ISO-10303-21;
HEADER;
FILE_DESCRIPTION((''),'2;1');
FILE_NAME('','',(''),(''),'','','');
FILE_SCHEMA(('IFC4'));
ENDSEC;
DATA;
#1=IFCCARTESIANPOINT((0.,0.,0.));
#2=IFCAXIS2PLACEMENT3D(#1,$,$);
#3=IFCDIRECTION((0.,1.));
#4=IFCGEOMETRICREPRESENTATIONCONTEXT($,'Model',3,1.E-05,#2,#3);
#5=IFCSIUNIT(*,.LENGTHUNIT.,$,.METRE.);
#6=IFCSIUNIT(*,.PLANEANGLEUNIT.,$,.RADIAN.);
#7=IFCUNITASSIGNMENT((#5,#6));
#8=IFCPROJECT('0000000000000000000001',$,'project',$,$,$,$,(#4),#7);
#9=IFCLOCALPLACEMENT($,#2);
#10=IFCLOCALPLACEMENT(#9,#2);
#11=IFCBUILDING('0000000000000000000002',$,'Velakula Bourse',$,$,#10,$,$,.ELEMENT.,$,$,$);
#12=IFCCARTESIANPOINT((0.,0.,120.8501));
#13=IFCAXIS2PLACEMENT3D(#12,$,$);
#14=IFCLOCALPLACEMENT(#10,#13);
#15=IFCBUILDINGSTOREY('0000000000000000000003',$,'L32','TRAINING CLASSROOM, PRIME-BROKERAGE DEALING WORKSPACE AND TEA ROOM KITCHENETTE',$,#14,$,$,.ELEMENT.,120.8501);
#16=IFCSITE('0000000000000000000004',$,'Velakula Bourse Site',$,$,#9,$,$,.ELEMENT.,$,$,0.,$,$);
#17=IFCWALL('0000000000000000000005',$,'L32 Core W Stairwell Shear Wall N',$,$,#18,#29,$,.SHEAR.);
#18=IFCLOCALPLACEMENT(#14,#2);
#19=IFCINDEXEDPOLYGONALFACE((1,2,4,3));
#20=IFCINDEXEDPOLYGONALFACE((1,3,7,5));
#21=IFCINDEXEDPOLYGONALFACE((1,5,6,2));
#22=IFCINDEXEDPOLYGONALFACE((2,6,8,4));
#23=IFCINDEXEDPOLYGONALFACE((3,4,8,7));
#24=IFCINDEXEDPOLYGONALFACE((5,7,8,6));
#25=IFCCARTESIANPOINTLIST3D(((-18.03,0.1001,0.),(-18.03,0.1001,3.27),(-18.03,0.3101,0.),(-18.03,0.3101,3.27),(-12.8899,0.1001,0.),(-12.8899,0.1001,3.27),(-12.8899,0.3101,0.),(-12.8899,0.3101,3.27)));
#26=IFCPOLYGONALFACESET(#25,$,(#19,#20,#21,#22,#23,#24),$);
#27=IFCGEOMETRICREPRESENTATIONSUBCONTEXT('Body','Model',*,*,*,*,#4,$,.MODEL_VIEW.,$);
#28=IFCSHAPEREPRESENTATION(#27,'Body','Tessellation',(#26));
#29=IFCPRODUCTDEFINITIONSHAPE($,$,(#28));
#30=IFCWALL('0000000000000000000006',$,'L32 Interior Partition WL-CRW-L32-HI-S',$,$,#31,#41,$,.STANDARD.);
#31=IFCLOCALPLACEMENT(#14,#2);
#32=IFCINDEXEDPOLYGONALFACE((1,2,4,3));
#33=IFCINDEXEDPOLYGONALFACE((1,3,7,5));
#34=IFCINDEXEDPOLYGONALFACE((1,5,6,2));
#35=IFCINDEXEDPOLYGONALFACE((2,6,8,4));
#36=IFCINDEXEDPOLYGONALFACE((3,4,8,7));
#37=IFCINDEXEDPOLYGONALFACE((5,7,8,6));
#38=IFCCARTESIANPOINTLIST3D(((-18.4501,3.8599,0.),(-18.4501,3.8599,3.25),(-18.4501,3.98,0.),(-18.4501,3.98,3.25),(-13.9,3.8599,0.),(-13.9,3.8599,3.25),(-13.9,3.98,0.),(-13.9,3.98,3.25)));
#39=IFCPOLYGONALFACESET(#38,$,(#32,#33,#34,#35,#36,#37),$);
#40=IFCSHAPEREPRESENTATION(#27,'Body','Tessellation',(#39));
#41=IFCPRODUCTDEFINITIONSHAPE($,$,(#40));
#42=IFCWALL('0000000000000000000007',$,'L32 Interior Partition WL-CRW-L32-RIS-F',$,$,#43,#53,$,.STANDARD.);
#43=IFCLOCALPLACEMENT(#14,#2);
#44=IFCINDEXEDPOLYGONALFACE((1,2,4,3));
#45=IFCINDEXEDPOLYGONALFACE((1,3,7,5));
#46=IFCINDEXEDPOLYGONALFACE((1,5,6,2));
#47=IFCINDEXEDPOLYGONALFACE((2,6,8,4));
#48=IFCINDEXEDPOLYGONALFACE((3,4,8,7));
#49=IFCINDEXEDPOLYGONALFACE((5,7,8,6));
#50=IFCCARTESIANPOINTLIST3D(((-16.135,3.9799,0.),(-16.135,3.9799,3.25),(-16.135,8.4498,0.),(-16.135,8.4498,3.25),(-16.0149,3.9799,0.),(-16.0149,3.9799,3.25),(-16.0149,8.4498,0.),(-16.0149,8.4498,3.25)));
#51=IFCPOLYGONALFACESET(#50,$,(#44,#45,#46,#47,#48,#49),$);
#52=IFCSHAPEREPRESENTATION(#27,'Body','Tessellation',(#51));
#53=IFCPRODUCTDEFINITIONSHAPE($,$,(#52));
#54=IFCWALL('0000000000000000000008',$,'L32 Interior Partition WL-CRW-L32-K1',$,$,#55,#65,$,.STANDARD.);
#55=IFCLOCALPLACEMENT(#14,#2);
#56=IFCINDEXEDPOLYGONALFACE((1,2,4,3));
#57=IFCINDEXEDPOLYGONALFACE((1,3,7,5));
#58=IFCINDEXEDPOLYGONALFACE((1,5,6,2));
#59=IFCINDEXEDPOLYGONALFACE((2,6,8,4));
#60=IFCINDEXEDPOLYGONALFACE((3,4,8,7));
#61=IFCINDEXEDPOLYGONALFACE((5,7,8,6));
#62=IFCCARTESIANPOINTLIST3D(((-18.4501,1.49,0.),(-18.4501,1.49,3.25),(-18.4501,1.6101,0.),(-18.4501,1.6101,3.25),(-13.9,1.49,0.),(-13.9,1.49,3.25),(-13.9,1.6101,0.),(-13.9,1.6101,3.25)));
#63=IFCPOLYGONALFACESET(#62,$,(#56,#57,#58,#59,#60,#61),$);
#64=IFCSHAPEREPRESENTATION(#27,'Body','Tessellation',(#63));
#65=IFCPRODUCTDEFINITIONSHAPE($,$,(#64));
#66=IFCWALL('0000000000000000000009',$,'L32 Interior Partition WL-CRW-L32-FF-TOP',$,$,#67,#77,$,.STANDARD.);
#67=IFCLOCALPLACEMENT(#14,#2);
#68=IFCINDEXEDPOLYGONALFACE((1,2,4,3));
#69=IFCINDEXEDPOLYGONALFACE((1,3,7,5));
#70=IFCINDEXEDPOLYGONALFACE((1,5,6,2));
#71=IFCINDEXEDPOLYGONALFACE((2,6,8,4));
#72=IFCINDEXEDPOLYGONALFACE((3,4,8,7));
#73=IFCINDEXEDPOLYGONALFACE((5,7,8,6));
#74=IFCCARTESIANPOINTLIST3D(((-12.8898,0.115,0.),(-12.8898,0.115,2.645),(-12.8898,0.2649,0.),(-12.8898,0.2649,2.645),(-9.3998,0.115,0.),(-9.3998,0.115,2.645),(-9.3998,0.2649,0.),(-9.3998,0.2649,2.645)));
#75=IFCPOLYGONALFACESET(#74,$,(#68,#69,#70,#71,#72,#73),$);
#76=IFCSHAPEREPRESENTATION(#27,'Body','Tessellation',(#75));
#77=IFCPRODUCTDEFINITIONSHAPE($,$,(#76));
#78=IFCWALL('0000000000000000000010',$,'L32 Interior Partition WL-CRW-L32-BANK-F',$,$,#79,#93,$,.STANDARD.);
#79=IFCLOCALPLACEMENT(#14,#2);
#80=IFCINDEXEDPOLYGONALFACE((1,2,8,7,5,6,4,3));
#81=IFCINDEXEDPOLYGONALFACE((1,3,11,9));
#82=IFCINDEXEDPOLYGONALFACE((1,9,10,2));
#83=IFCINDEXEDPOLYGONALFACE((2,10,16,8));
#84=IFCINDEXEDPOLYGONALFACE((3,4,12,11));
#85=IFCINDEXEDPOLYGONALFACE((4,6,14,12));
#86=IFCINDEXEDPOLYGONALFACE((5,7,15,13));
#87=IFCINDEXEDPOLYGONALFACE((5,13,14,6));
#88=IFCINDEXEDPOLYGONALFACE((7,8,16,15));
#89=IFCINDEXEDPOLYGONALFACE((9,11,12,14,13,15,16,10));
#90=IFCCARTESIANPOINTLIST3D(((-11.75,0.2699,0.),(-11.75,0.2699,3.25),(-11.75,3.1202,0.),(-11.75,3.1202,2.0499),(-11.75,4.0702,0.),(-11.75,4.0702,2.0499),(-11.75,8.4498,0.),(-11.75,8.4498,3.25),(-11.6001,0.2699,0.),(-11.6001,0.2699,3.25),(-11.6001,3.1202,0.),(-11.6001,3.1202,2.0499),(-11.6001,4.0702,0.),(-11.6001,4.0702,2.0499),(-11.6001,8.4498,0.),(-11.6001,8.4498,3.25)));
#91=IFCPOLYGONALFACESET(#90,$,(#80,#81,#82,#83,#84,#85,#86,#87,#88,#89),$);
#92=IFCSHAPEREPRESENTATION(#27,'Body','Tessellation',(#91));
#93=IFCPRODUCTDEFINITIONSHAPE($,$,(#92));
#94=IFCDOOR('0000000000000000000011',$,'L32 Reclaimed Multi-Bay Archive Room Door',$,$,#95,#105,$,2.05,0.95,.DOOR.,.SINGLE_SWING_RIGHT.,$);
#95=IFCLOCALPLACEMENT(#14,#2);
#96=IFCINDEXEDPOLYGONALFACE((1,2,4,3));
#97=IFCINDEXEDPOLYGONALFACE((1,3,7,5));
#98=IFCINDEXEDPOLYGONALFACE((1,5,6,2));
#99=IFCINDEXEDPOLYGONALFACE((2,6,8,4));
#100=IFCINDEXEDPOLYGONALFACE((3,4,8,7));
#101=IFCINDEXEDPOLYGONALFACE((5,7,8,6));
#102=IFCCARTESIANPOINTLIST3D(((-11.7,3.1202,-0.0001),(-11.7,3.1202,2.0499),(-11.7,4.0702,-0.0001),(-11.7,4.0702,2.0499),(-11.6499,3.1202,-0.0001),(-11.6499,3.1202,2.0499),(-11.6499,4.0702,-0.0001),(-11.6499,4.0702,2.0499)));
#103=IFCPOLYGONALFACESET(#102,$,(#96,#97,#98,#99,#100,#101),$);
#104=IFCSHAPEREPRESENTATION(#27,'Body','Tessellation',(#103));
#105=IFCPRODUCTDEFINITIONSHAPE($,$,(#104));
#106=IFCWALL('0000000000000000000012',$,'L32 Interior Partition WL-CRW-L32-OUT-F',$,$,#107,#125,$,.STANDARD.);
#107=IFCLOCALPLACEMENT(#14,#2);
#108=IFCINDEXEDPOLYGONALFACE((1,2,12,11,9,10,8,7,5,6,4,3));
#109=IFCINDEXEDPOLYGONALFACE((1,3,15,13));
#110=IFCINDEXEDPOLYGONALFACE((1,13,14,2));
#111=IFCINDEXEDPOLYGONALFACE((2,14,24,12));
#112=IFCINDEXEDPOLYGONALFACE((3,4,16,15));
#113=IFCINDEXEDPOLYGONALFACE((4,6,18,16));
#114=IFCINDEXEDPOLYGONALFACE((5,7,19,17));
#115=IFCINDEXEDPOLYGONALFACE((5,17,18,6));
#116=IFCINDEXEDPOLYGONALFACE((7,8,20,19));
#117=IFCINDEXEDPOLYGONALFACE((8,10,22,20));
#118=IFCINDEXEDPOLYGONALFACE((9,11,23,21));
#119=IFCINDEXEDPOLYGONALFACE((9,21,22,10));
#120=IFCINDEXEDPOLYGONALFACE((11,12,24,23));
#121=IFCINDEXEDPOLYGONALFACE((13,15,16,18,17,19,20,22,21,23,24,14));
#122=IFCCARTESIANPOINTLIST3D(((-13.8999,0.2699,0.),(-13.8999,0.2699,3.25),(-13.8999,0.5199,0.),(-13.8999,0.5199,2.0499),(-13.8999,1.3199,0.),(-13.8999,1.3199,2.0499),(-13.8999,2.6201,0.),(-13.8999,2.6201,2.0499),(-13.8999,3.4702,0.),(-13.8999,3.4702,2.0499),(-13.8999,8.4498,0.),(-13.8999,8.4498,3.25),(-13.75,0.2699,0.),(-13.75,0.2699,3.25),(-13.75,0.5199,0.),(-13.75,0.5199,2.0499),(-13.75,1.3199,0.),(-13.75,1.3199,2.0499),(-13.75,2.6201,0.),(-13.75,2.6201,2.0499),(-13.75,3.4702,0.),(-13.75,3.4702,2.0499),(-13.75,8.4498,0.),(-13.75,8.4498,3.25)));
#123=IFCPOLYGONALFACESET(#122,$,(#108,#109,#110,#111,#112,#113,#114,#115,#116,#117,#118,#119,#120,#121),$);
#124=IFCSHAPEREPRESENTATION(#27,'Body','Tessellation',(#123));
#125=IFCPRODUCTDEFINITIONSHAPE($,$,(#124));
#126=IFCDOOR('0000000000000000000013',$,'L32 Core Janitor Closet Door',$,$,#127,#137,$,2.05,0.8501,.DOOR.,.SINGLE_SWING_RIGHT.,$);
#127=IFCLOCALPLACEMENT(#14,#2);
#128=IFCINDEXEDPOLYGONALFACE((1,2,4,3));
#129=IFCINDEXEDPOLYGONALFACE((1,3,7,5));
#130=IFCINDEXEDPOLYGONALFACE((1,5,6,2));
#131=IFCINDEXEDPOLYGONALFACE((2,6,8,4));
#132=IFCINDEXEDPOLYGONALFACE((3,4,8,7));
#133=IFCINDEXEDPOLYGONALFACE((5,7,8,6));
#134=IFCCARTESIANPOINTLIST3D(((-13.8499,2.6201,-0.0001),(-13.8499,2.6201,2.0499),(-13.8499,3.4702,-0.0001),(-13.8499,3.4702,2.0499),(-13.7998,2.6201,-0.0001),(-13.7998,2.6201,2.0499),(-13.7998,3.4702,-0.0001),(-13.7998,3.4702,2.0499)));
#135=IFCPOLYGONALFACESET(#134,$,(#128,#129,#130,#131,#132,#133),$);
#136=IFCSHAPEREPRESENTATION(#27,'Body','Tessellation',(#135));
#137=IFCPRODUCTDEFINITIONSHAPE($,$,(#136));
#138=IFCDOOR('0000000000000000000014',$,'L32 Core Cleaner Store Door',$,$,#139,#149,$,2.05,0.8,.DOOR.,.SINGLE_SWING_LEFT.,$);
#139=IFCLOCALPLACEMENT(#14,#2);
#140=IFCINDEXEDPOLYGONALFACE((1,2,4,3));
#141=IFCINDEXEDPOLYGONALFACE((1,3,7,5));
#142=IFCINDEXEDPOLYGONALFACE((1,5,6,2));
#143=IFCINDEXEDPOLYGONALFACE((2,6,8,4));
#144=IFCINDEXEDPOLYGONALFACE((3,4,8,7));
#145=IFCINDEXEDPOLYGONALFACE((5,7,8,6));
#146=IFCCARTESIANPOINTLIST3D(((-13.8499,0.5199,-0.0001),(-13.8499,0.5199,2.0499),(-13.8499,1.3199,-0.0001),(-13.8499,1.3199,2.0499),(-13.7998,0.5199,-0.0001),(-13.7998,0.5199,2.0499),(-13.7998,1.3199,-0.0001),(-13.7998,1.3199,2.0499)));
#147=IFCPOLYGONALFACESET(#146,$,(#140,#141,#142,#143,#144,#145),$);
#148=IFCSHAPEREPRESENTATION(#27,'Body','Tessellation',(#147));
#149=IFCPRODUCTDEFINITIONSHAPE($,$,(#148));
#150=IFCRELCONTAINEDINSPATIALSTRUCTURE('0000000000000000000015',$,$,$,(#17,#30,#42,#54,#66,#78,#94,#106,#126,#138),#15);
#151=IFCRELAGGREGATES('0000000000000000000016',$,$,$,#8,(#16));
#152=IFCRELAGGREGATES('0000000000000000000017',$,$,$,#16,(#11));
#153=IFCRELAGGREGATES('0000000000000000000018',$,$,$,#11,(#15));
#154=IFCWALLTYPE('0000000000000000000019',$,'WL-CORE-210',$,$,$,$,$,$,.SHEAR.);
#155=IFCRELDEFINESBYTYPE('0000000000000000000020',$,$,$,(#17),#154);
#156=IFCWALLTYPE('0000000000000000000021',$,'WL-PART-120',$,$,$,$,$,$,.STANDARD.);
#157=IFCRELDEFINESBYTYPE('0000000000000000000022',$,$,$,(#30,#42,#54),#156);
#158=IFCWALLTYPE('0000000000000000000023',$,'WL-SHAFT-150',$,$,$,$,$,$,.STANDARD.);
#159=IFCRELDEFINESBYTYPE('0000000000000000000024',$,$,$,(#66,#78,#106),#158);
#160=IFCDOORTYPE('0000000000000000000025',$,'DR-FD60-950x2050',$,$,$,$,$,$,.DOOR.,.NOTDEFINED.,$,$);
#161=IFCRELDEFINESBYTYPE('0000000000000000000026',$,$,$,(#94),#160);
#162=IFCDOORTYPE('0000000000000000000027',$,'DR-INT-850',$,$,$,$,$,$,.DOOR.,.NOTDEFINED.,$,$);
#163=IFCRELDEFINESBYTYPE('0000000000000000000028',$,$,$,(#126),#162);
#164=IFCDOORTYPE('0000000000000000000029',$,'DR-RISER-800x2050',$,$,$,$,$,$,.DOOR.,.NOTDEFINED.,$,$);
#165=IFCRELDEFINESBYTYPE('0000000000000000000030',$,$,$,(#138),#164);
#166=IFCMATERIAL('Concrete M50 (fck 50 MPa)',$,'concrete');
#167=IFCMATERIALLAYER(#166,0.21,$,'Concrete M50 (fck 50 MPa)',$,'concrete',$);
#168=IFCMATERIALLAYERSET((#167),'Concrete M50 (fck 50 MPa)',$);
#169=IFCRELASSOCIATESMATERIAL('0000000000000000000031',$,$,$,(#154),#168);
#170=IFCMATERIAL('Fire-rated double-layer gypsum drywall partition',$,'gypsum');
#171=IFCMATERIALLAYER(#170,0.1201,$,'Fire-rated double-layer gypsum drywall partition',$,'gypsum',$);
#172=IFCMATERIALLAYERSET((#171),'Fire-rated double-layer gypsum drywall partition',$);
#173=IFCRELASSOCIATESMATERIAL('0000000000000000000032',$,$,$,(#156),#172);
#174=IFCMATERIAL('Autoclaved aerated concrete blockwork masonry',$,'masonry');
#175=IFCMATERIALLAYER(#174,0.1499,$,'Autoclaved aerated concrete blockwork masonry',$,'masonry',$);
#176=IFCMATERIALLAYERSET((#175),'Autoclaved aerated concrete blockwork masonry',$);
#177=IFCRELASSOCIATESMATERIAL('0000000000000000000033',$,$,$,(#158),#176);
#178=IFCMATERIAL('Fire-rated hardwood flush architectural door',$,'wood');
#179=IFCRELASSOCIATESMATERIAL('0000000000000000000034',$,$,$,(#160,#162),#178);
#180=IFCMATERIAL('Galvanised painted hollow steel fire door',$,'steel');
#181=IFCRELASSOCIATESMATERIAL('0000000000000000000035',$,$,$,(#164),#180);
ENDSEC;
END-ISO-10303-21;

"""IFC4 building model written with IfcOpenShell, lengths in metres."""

from ifc_helpers import new_model, si_unit, direction, frame, frame_2d, origin, place, context, subcontext, project, spatial, rectangle, extrude, material, layer, layer_set, type_object, element, fill, save


model = new_model("IFC4")

# Units and contexts
model_context = context("Model", 3, precision=1e-05, world=origin(), true_north=direction((0.0, 1.0)))
body_context = subcontext(model_context, "Body", "Model", "MODEL_VIEW")
ifc_project = project(units=[si_unit("LENGTHUNIT", "METRE"), si_unit("PLANEANGLEUNIT", "RADIAN")], contexts=[model_context])

# Site, building, storey
site_placement = place(None, origin())
site = spatial("IfcSite", under=ifc_project, at=site_placement, Name="Velakula Bourse Site", CompositionType="ELEMENT", RefElevation=0.0)
building_placement = place(site_placement, origin())
building = spatial("IfcBuilding", under=site, at=building_placement, Name="Velakula Bourse", CompositionType="ELEMENT")
storey_placement = place(building_placement, frame((0.0, 0.0, 120.8501)))
storey = spatial("IfcBuildingStorey", under=building, at=storey_placement, Name="L32", Description="TRAINING CLASSROOM, PRIME-BROKERAGE DEALING WORKSPACE AND TEA ROOM KITCHENETTE", CompositionType="ELEMENT", Elevation=120.8501)

# Walls
ifc_material_1 = material(Name="Concrete M50 (fck 50 MPa)", Category="concrete")
ifc_layer_1 = layer(ifc_material_1, 0.21, Name="Concrete M50 (fck 50 MPa)", Category="concrete")
ifc_layer_set_1 = layer_set([ifc_layer_1], Name="Concrete M50 (fck 50 MPa)")
wall_type_1 = type_object("IfcWallType", Name="WL-CORE-210", PredefinedType="SHEAR", material=ifc_layer_set_1)
wall_1_placement = place(storey_placement, frame((-12.8899, 0.2051, 0.0), z_axis=(0.0, 0.0, 1.0), x_axis=(-1.0, 0.0, 0.0)))
element("IfcWall", 1, at=wall_1_placement, inside=storey, type_object=wall_type_1, Name="L32 Core W Stairwell Shear Wall N", PredefinedType="SHEAR", context=body_context, shape_type="SweptSolid", body=[
    extrude(rectangle(XDim=5.1401, YDim=0.21, at=frame_2d((2.5701, 0.0))), origin(), (0.0, 0.0, 1.0), 3.27),
])
ifc_material_2 = material(Name="Fire-rated double-layer gypsum drywall partition", Category="gypsum")
ifc_layer_2 = layer(ifc_material_2, 0.1201, Name="Fire-rated double-layer gypsum drywall partition", Category="gypsum")
ifc_layer_set_2 = layer_set([ifc_layer_2], Name="Fire-rated double-layer gypsum drywall partition")
wall_type_2 = type_object("IfcWallType", Name="WL-PART-120", PredefinedType="STANDARD", material=ifc_layer_set_2)
wall_2_placement = place(storey_placement, frame((-18.45, 3.9199, 0.0), z_axis=(0.0, 0.0, 1.0), x_axis=(1.0, 0.0, 0.0)))
element("IfcWall", 2, at=wall_2_placement, inside=storey, type_object=wall_type_2, Name="L32 Interior Partition WL-CRW-L32-HI-S", PredefinedType="STANDARD", context=body_context, shape_type="SweptSolid", body=[
    extrude(rectangle(XDim=4.55, YDim=0.1201, at=frame_2d((2.2749, 0.0))), origin(), (0.0, 0.0, 1.0), 3.25),
])
wall_3_placement = place(storey_placement, frame((-16.075, 3.98, 0.0), z_axis=(0.0, 0.0, 1.0), x_axis=(0.0, 1.0, 0.0)))
element("IfcWall", 3, at=wall_3_placement, inside=storey, type_object=wall_type_2, Name="L32 Interior Partition WL-CRW-L32-RIS-F", PredefinedType="STANDARD", context=body_context, shape_type="SweptSolid", body=[
    extrude(rectangle(XDim=4.47, YDim=0.1201, at=frame_2d((2.2349, 0.0))), origin(), (0.0, 0.0, 1.0), 3.25),
])
wall_4_placement = place(storey_placement, frame((-18.45, 1.55, 0.0), z_axis=(0.0, 0.0, 1.0), x_axis=(1.0, 0.0, 0.0)))
element("IfcWall", 4, at=wall_4_placement, inside=storey, type_object=wall_type_2, Name="L32 Interior Partition WL-CRW-L32-K1", PredefinedType="STANDARD", context=body_context, shape_type="SweptSolid", body=[
    extrude(rectangle(XDim=4.55, YDim=0.1201, at=frame_2d((2.2749, 0.0))), origin(), (0.0, 0.0, 1.0), 3.25),
])
ifc_material_3 = material(Name="Autoclaved aerated concrete blockwork masonry", Category="masonry")
ifc_layer_3 = layer(ifc_material_3, 0.1499, Name="Autoclaved aerated concrete blockwork masonry", Category="masonry")
ifc_layer_set_3 = layer_set([ifc_layer_3], Name="Autoclaved aerated concrete blockwork masonry")
wall_type_3 = type_object("IfcWallType", Name="WL-SHAFT-150", PredefinedType="STANDARD", material=ifc_layer_set_3)
wall_5_placement = place(storey_placement, frame((-12.8899, 0.1899, 0.0), z_axis=(0.0, 0.0, 1.0), x_axis=(1.0, 0.0, 0.0)))
element("IfcWall", 5, at=wall_5_placement, inside=storey, type_object=wall_type_3, Name="L32 Interior Partition WL-CRW-L32-FF-TOP", PredefinedType="STANDARD", context=body_context, shape_type="SweptSolid", body=[
    extrude(rectangle(XDim=3.49, YDim=0.1499, at=frame_2d((1.7451, 0.0))), origin(), (0.0, 0.0, 1.0), 2.645),
])

# Wall, opening, door
wall_6_placement = place(storey_placement, frame((-11.675, 0.27, 0.0), z_axis=(0.0, 0.0, 1.0), x_axis=(0.0, 1.0, 0.0)))
wall_6 = element("IfcWall", 6, at=wall_6_placement, inside=storey, type_object=wall_type_3, Name="L32 Interior Partition WL-CRW-L32-BANK-F", PredefinedType="STANDARD", context=body_context, shape_type="SweptSolid", body=[
    extrude(rectangle(XDim=8.1799, YDim=0.1499, at=frame_2d((4.0898, 0.0))), origin(), (0.0, 0.0, 1.0), 3.25),
])
opening_1_placement = place(wall_6_placement, frame((2.8501, 0.0, 0.0)))
opening_1 = element("IfcOpeningElement", 7, at=opening_1_placement, cuts=wall_6, PredefinedType="OPENING", context=body_context, shape_type="SweptSolid", body=[
    extrude(rectangle(XDim=0.95, YDim=2.05, at=frame_2d((0.4751, 1.0249))), frame((0.0, 0.085, 0.0), z_axis=(0.0, -1.0, 0.0), x_axis=(1.0, 0.0, 0.0)), (0.0, 0.0, 1.0), 0.1699),
])
ifc_material_4 = material(Name="Fire-rated hardwood flush architectural door", Category="wood")
door_type_1 = type_object("IfcDoorType", Name="DR-FD60-950x2050", OperationType="NOTDEFINED", PredefinedType="DOOR", material=ifc_material_4)
door_1_placement = place(opening_1_placement, origin())
door_1 = element("IfcDoor", 8, at=door_1_placement, inside=storey, type_object=door_type_1, Name="L32 Reclaimed Multi-Bay Archive Room Door", OperationType="SINGLE_SWING_RIGHT", OverallHeight=2.05, OverallWidth=0.95, PredefinedType="DOOR", context=body_context, shape_type="SweptSolid", body=[
    extrude(rectangle(XDim=0.95, YDim=2.05, at=frame_2d((0.4751, 1.0249))), frame((0.0, 0.0249, 0.0), z_axis=(0.0, -1.0, 0.0), x_axis=(1.0, 0.0, 0.0)), (0.0, 0.0, 1.0), 0.05),
])
fill(opening_1, door_1)

# Wall, openings, doors
wall_7_placement = place(storey_placement, frame((-13.825, 0.27, 0.0), z_axis=(0.0, 0.0, 1.0), x_axis=(0.0, 1.0, 0.0)))
wall_7 = element("IfcWall", 9, at=wall_7_placement, inside=storey, type_object=wall_type_3, Name="L32 Interior Partition WL-CRW-L32-OUT-F", PredefinedType="STANDARD", context=body_context, shape_type="SweptSolid", body=[
    extrude(rectangle(XDim=8.1799, YDim=0.1499, at=frame_2d((4.0898, 0.0))), origin(), (0.0, 0.0, 1.0), 3.25),
])
opening_2_placement = place(wall_7_placement, frame((0.25, 0.0, 0.0)))
opening_2 = element("IfcOpeningElement", 10, at=opening_2_placement, cuts=wall_7, PredefinedType="OPENING", context=body_context, shape_type="SweptSolid", body=[
    extrude(rectangle(XDim=0.8, YDim=2.05, at=frame_2d((0.3999, 1.0249))), frame((0.0, 0.085, 0.0), z_axis=(0.0, -1.0, 0.0), x_axis=(1.0, 0.0, 0.0)), (0.0, 0.0, 1.0), 0.1699),
])
opening_3_placement = place(wall_7_placement, frame((2.3501, 0.0, 0.0)))
opening_3 = element("IfcOpeningElement", 11, at=opening_3_placement, cuts=wall_7, PredefinedType="OPENING", context=body_context, shape_type="SweptSolid", body=[
    extrude(rectangle(XDim=0.8501, YDim=2.05, at=frame_2d((0.425, 1.0249))), frame((0.0, 0.085, 0.0), z_axis=(0.0, -1.0, 0.0), x_axis=(1.0, 0.0, 0.0)), (0.0, 0.0, 1.0), 0.1699),
])
door_type_2 = type_object("IfcDoorType", Name="DR-INT-850", OperationType="NOTDEFINED", PredefinedType="DOOR", material=ifc_material_4)
door_2_placement = place(opening_3_placement, origin())
door_2 = element("IfcDoor", 12, at=door_2_placement, inside=storey, type_object=door_type_2, Name="L32 Core Janitor Closet Door", OperationType="SINGLE_SWING_RIGHT", OverallHeight=2.05, OverallWidth=0.8501, PredefinedType="DOOR", context=body_context, shape_type="SweptSolid", body=[
    extrude(rectangle(XDim=0.8501, YDim=2.05, at=frame_2d((0.425, 1.0249))), frame((0.0, 0.0249, 0.0), z_axis=(0.0, -1.0, 0.0), x_axis=(1.0, 0.0, 0.0)), (0.0, 0.0, 1.0), 0.05),
])
fill(opening_3, door_2)
ifc_material_5 = material(Name="Galvanised painted hollow steel fire door", Category="steel")
door_type_3 = type_object("IfcDoorType", Name="DR-RISER-800x2050", OperationType="NOTDEFINED", PredefinedType="DOOR", material=ifc_material_5)
door_3_placement = place(opening_2_placement, origin())
door_3 = element("IfcDoor", 13, at=door_3_placement, inside=storey, type_object=door_type_3, Name="L32 Core Cleaner Store Door", OperationType="SINGLE_SWING_LEFT", OverallHeight=2.05, OverallWidth=0.8, PredefinedType="DOOR", context=body_context, shape_type="SweptSolid", body=[
    extrude(rectangle(XDim=0.8, YDim=2.05, at=frame_2d((0.3999, 1.0249))), frame((0.0, 0.0249, 0.0), z_axis=(0.0, -1.0, 0.0), x_axis=(1.0, 0.0, 0.0)), (0.0, 0.0, 1.0), 0.05),
])
fill(opening_2, door_3)

save(model, "model.ifc")
